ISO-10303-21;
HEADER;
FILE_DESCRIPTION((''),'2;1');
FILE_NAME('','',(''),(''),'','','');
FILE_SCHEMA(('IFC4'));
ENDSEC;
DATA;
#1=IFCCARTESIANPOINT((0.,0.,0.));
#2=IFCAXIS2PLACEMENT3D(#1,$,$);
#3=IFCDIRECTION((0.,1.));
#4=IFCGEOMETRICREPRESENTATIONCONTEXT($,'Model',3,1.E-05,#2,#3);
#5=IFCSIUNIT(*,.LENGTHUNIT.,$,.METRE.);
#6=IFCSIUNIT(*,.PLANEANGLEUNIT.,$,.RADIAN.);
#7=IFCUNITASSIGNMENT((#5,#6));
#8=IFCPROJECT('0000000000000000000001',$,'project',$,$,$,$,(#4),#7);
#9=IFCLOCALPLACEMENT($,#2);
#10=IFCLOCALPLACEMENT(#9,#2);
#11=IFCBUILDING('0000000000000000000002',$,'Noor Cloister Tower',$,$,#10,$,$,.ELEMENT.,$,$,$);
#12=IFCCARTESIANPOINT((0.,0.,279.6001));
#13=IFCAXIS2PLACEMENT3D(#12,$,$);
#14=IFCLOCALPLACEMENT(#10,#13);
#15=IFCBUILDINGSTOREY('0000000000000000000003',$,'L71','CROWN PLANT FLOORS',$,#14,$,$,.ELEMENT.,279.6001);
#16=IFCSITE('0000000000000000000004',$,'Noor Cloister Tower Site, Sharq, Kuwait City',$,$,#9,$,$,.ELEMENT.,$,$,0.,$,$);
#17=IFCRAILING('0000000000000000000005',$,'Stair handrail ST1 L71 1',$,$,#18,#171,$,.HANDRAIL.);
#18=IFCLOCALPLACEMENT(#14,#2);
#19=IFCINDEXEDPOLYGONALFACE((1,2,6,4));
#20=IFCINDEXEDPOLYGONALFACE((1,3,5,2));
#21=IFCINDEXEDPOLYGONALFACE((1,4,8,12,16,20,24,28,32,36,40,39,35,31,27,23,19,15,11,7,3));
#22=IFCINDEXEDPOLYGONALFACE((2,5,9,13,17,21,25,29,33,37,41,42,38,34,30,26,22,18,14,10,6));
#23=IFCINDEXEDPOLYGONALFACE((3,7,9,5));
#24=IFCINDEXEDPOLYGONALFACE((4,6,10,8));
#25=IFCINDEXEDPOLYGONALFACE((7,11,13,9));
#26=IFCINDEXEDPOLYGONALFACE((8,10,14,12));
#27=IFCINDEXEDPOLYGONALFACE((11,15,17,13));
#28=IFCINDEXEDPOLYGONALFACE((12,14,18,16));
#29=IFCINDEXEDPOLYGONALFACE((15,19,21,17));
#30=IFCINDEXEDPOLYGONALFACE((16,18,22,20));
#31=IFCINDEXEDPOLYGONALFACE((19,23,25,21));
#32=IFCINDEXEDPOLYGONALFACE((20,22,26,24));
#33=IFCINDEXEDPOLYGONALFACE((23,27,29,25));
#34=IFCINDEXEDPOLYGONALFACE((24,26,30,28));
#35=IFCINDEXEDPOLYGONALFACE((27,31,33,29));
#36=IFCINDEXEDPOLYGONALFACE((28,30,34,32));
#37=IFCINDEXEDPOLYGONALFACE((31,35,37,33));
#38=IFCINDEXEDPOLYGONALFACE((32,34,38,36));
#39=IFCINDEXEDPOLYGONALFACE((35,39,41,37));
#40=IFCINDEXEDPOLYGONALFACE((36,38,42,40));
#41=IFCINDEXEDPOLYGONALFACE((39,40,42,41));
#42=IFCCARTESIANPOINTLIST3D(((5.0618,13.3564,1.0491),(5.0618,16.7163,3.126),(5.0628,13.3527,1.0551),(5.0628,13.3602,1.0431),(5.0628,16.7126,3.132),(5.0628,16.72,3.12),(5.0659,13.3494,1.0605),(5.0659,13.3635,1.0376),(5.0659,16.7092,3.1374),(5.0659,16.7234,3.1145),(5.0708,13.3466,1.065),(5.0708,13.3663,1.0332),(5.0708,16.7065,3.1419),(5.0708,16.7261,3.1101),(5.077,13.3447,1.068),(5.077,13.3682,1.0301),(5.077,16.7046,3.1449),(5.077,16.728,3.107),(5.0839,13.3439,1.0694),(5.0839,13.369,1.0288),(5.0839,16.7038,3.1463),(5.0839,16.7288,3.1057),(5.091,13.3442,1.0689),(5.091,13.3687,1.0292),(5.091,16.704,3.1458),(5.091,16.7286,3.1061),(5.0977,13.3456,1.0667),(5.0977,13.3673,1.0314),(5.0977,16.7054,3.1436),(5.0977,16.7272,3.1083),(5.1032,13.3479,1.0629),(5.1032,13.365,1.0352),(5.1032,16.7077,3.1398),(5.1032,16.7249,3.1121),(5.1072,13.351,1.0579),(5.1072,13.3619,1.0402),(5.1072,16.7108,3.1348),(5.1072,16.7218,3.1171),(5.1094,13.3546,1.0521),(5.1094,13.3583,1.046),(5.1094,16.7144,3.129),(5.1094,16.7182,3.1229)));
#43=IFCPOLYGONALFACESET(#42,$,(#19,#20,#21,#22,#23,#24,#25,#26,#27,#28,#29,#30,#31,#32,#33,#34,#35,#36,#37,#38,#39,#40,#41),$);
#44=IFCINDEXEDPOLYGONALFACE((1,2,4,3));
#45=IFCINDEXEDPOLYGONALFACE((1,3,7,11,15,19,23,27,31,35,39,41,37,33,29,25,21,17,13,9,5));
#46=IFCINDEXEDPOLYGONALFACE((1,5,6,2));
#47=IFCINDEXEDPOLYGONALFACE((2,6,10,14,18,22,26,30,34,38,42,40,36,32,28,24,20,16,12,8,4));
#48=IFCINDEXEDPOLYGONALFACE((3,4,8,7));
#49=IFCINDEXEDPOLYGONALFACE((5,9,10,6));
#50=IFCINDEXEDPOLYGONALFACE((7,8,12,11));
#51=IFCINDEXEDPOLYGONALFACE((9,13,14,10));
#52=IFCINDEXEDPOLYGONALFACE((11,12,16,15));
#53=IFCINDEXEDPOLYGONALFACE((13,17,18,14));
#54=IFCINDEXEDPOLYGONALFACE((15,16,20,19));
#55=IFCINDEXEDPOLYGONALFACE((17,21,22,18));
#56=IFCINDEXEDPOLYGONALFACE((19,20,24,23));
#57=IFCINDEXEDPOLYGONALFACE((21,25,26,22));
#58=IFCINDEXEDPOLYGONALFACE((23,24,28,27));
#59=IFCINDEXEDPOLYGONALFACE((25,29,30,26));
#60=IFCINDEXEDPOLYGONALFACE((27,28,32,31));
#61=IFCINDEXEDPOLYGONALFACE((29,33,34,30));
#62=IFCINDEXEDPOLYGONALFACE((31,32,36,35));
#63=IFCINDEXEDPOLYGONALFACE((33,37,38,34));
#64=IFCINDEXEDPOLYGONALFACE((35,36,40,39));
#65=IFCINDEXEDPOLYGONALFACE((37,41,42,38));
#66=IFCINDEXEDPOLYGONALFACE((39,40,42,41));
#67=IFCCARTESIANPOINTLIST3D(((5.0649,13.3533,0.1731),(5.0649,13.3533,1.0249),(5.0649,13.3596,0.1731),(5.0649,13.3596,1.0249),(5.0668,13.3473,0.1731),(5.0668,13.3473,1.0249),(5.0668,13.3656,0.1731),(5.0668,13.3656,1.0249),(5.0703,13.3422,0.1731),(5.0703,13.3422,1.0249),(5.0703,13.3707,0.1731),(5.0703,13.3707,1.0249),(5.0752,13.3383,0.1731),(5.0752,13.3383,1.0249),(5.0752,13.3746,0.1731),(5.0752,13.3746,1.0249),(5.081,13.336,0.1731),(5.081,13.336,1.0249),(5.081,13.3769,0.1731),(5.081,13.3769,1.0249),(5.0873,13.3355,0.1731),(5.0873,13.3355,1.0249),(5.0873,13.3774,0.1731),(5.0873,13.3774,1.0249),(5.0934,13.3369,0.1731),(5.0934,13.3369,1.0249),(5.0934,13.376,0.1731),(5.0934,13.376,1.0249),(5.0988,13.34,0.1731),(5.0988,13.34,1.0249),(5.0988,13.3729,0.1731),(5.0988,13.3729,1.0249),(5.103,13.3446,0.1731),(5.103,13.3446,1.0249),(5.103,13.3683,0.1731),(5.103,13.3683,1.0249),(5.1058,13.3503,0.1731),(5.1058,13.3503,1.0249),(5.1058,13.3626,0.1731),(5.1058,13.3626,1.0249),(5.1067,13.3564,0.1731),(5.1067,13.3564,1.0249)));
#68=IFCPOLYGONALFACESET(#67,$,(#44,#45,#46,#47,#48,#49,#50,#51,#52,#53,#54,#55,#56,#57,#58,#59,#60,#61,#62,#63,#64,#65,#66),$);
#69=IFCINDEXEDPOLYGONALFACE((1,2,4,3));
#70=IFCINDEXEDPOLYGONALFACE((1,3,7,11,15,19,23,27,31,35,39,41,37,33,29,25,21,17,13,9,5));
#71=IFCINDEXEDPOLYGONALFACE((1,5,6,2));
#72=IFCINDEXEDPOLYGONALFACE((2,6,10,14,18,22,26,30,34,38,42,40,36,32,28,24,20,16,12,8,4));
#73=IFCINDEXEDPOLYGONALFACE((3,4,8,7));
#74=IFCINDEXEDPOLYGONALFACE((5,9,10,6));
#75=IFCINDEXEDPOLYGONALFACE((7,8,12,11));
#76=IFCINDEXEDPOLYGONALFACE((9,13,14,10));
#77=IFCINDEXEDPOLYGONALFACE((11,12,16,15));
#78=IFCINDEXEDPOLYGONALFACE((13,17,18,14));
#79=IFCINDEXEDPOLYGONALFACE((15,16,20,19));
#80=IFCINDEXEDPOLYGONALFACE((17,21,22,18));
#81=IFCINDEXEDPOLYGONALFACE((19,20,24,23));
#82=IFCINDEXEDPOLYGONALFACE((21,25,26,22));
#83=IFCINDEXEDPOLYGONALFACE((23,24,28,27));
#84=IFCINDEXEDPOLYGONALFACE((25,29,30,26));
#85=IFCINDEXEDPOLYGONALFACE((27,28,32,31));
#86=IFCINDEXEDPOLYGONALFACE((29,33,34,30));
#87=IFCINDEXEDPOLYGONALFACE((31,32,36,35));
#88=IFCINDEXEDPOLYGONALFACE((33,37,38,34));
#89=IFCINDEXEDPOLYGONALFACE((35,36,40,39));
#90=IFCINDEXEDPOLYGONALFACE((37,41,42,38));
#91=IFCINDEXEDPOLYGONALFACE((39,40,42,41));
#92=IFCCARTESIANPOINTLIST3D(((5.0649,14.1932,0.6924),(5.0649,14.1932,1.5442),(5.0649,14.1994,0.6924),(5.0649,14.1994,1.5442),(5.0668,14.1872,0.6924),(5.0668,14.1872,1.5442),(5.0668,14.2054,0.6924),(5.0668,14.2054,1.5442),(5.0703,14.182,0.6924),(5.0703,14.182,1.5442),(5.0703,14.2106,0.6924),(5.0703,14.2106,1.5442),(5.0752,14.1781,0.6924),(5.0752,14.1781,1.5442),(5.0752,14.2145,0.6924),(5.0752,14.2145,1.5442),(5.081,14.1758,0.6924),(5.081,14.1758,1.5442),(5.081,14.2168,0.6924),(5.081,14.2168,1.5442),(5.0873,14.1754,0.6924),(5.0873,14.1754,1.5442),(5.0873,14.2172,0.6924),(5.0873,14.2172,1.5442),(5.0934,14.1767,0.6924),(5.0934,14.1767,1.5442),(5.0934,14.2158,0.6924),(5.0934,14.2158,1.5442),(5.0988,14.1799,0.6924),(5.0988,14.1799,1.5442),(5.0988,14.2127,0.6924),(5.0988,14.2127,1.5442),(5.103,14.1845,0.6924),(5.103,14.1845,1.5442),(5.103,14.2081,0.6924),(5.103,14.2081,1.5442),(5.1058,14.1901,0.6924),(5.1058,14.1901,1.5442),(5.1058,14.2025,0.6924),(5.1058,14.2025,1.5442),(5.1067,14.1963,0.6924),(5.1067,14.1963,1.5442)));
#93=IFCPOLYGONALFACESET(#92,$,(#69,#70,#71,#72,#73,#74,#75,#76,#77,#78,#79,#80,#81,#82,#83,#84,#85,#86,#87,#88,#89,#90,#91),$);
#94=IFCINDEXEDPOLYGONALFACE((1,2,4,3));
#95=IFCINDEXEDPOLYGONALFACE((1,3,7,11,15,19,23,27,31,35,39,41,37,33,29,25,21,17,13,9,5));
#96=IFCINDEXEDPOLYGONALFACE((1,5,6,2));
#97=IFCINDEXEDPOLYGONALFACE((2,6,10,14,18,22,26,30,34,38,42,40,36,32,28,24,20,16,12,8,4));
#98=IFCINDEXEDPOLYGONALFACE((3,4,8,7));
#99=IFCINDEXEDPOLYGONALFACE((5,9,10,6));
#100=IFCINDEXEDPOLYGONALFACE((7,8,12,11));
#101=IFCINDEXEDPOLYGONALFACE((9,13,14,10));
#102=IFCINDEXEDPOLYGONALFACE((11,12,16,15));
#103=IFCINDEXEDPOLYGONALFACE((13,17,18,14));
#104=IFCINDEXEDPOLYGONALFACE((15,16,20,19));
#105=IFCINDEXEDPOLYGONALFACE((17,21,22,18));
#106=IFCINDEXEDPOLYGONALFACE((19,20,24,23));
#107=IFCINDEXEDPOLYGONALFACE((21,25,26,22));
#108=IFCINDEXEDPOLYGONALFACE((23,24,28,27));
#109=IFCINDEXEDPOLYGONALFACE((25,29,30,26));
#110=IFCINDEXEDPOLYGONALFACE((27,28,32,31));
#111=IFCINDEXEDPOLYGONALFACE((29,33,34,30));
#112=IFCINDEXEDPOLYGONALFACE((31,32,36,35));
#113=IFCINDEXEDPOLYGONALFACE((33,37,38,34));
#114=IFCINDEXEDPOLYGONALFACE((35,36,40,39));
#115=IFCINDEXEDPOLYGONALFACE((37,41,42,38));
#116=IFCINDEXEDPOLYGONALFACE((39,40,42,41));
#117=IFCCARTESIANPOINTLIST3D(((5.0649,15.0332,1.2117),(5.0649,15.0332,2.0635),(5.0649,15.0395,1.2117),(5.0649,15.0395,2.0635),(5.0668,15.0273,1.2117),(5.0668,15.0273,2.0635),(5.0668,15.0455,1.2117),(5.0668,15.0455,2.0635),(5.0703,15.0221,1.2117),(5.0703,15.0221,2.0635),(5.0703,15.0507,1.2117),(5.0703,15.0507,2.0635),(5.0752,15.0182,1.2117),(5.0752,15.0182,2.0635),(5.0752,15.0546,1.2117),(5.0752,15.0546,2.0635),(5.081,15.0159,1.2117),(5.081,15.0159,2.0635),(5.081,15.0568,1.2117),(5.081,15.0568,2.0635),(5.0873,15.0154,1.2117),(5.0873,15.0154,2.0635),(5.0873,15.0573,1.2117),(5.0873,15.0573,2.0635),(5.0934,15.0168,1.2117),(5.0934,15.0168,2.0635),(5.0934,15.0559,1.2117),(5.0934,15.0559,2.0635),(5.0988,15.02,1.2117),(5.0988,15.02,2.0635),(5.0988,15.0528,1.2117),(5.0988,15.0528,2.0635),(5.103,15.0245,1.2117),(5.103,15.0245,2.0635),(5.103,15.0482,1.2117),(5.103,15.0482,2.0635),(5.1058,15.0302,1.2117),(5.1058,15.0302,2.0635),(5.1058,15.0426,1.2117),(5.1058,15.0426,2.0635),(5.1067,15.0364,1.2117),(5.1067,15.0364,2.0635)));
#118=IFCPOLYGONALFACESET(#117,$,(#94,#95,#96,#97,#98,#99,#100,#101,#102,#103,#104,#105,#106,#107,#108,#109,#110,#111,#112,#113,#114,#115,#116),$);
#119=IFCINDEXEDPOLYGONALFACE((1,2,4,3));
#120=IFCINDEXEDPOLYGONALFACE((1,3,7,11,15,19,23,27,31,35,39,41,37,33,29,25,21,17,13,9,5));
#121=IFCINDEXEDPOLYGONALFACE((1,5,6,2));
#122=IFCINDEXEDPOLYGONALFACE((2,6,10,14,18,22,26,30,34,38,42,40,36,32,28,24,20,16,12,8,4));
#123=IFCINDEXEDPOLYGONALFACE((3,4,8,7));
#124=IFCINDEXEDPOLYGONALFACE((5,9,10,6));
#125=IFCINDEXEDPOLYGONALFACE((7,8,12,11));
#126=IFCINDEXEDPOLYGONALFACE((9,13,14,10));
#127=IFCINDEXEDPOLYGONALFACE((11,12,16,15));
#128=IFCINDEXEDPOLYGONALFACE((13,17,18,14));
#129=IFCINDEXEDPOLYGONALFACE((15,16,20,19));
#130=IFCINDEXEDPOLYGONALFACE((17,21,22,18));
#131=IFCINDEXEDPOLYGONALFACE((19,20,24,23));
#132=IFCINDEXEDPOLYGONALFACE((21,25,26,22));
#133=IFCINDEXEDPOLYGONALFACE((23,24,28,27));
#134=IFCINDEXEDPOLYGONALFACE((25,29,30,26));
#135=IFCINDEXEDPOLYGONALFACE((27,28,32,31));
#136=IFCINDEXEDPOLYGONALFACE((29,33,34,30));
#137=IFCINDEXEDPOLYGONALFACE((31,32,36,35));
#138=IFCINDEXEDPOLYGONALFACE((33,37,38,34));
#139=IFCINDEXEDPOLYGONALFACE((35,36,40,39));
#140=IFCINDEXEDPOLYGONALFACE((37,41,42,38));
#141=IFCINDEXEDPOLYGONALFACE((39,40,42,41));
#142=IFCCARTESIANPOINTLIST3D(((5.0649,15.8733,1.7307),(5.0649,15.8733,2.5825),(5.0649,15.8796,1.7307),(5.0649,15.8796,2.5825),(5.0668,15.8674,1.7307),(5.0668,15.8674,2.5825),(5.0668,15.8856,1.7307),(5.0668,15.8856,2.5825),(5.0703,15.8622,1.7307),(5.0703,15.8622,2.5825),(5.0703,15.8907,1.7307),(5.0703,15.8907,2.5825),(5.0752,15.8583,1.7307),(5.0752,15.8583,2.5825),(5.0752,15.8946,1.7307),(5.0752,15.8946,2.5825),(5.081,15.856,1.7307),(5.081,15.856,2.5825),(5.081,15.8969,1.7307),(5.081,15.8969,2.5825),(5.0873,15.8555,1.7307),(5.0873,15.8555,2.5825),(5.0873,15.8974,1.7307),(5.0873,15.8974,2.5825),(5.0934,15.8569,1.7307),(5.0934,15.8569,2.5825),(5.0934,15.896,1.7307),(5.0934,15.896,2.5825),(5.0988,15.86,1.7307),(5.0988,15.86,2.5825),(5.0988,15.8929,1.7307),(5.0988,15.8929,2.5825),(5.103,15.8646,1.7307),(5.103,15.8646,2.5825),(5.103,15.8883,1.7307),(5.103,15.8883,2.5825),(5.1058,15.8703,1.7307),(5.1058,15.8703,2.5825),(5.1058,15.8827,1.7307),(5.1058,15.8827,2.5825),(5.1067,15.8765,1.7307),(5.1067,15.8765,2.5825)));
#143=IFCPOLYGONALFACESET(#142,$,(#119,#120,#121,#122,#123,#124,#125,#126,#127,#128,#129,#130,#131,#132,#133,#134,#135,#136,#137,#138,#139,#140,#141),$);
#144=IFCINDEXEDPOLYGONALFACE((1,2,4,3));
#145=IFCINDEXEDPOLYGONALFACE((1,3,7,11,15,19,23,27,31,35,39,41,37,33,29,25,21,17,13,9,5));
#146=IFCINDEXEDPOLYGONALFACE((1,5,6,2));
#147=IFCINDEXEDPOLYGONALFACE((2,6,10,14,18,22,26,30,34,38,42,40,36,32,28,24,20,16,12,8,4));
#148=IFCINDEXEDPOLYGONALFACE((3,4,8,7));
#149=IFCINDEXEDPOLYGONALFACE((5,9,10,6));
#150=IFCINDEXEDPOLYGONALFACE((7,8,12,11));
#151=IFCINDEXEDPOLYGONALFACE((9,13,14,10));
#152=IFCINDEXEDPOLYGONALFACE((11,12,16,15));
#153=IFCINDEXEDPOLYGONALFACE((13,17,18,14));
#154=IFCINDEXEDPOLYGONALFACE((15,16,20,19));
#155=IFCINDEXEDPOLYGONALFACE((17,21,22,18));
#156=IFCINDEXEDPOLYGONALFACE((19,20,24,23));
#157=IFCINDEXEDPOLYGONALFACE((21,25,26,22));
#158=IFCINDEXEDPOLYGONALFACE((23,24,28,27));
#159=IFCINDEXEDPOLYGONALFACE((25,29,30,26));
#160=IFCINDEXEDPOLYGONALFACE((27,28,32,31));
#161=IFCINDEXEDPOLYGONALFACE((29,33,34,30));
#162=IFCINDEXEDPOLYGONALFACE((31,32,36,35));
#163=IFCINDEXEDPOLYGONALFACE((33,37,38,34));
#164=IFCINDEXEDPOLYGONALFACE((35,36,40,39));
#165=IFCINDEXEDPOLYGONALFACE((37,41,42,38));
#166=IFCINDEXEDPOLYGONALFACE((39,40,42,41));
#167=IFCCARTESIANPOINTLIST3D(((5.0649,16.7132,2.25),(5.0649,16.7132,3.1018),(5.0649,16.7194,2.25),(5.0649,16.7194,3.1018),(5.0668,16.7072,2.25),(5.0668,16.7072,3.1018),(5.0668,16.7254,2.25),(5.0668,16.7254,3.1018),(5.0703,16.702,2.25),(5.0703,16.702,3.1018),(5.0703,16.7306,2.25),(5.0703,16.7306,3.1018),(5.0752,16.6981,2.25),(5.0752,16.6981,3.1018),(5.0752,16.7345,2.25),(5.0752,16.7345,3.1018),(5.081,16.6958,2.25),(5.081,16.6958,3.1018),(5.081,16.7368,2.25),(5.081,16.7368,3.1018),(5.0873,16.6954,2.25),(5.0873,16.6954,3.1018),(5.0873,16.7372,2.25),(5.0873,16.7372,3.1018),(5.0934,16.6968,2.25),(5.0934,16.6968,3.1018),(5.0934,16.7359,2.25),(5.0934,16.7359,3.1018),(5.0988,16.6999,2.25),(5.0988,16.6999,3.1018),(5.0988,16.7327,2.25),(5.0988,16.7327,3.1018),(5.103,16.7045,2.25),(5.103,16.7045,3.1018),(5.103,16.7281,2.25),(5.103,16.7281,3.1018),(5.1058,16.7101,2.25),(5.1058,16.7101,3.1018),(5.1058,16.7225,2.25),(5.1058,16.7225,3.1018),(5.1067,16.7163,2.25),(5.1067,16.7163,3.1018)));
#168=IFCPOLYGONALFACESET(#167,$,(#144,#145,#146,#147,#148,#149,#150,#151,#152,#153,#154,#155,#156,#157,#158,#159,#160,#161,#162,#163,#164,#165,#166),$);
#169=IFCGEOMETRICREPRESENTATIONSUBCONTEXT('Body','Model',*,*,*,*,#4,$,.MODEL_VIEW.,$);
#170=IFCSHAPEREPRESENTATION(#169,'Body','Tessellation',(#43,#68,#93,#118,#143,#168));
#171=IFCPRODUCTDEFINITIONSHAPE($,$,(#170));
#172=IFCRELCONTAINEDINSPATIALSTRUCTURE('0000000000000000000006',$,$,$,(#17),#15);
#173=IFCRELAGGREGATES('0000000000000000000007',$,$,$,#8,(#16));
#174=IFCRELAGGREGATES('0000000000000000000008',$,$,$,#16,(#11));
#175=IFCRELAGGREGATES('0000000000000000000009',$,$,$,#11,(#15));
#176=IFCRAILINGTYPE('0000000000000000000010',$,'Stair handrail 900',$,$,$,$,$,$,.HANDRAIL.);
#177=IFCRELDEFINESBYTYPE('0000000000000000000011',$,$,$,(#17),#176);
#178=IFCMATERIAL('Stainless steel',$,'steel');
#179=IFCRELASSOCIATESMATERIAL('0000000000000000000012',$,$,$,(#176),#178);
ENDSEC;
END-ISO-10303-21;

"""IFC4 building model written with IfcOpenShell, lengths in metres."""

from ifc_helpers import new_model, si_unit, direction, frame, origin, origin_2d, place, context, subcontext, project, spatial, circle, extrude, material, type_object, element, save


model = new_model("IFC4")

# Units and contexts
model_context = context("Model", 3, precision=1e-05, world=origin(), true_north=direction((0.0, 1.0)))
body_context = subcontext(model_context, "Body", "Model", "MODEL_VIEW")
ifc_project = project(units=[si_unit("LENGTHUNIT", "METRE"), si_unit("PLANEANGLEUNIT", "RADIAN")], contexts=[model_context])

# Site, building, storey
site_placement = place(None, origin())
site = spatial("IfcSite", under=ifc_project, at=site_placement, Name="Noor Cloister Tower Site, Sharq, Kuwait City", CompositionType="ELEMENT", RefElevation=0.0)
building_placement = place(site_placement, origin())
building = spatial("IfcBuilding", under=site, at=building_placement, Name="Noor Cloister Tower", CompositionType="ELEMENT")
storey_placement = place(building_placement, frame((0.0, 0.0, 279.6001)))
storey = spatial("IfcBuildingStorey", under=building, at=storey_placement, Name="L71", Description="CROWN PLANT FLOORS", CompositionType="ELEMENT", Elevation=279.6001)

# Railing
ifc_material_1 = material(Name="Stainless steel", Category="steel")
railing_type_1 = type_object("IfcRailingType", Name="Stair handrail 900", PredefinedType="HANDRAIL", material=ifc_material_1)
railing_1_placement = place(storey_placement, frame((5.0857, 13.3564, 0.1731)))
element("IfcRailing", 1, at=railing_1_placement, inside=storey, type_object=railing_type_1, Name="Stair handrail ST1 L71 1", PredefinedType="HANDRAIL", context=body_context, shape_type="SweptSolid", body=[
    extrude(circle(Radius=0.0239, at=origin_2d()), frame((0.0, 0.0, 0.876), z_axis=(0.0, 0.850606, 0.525803), x_axis=(-1.0, 0.0, 0.0)), (0.0, 0.0, 1.0), 3.95),
    extrude(circle(Radius=0.021, at=origin_2d()), origin(), (0.0, 0.0, 1.0), 0.8518),
    extrude(circle(Radius=0.021, at=origin_2d()), frame((0.0, 0.8398, 0.5193)), (0.0, 0.0, 1.0), 0.8518),
    extrude(circle(Radius=0.021, at=origin_2d()), frame((0.0, 1.6799, 1.0386)), (0.0, 0.0, 1.0), 0.8518),
    extrude(circle(Radius=0.021, at=origin_2d()), frame((0.0, 2.52, 1.5576)), (0.0, 0.0, 1.0), 0.8518),
    extrude(circle(Radius=0.021, at=origin_2d()), frame((0.0, 3.3599, 2.0769)), (0.0, 0.0, 1.0), 0.8518),
])

save(model, "model.ifc")
